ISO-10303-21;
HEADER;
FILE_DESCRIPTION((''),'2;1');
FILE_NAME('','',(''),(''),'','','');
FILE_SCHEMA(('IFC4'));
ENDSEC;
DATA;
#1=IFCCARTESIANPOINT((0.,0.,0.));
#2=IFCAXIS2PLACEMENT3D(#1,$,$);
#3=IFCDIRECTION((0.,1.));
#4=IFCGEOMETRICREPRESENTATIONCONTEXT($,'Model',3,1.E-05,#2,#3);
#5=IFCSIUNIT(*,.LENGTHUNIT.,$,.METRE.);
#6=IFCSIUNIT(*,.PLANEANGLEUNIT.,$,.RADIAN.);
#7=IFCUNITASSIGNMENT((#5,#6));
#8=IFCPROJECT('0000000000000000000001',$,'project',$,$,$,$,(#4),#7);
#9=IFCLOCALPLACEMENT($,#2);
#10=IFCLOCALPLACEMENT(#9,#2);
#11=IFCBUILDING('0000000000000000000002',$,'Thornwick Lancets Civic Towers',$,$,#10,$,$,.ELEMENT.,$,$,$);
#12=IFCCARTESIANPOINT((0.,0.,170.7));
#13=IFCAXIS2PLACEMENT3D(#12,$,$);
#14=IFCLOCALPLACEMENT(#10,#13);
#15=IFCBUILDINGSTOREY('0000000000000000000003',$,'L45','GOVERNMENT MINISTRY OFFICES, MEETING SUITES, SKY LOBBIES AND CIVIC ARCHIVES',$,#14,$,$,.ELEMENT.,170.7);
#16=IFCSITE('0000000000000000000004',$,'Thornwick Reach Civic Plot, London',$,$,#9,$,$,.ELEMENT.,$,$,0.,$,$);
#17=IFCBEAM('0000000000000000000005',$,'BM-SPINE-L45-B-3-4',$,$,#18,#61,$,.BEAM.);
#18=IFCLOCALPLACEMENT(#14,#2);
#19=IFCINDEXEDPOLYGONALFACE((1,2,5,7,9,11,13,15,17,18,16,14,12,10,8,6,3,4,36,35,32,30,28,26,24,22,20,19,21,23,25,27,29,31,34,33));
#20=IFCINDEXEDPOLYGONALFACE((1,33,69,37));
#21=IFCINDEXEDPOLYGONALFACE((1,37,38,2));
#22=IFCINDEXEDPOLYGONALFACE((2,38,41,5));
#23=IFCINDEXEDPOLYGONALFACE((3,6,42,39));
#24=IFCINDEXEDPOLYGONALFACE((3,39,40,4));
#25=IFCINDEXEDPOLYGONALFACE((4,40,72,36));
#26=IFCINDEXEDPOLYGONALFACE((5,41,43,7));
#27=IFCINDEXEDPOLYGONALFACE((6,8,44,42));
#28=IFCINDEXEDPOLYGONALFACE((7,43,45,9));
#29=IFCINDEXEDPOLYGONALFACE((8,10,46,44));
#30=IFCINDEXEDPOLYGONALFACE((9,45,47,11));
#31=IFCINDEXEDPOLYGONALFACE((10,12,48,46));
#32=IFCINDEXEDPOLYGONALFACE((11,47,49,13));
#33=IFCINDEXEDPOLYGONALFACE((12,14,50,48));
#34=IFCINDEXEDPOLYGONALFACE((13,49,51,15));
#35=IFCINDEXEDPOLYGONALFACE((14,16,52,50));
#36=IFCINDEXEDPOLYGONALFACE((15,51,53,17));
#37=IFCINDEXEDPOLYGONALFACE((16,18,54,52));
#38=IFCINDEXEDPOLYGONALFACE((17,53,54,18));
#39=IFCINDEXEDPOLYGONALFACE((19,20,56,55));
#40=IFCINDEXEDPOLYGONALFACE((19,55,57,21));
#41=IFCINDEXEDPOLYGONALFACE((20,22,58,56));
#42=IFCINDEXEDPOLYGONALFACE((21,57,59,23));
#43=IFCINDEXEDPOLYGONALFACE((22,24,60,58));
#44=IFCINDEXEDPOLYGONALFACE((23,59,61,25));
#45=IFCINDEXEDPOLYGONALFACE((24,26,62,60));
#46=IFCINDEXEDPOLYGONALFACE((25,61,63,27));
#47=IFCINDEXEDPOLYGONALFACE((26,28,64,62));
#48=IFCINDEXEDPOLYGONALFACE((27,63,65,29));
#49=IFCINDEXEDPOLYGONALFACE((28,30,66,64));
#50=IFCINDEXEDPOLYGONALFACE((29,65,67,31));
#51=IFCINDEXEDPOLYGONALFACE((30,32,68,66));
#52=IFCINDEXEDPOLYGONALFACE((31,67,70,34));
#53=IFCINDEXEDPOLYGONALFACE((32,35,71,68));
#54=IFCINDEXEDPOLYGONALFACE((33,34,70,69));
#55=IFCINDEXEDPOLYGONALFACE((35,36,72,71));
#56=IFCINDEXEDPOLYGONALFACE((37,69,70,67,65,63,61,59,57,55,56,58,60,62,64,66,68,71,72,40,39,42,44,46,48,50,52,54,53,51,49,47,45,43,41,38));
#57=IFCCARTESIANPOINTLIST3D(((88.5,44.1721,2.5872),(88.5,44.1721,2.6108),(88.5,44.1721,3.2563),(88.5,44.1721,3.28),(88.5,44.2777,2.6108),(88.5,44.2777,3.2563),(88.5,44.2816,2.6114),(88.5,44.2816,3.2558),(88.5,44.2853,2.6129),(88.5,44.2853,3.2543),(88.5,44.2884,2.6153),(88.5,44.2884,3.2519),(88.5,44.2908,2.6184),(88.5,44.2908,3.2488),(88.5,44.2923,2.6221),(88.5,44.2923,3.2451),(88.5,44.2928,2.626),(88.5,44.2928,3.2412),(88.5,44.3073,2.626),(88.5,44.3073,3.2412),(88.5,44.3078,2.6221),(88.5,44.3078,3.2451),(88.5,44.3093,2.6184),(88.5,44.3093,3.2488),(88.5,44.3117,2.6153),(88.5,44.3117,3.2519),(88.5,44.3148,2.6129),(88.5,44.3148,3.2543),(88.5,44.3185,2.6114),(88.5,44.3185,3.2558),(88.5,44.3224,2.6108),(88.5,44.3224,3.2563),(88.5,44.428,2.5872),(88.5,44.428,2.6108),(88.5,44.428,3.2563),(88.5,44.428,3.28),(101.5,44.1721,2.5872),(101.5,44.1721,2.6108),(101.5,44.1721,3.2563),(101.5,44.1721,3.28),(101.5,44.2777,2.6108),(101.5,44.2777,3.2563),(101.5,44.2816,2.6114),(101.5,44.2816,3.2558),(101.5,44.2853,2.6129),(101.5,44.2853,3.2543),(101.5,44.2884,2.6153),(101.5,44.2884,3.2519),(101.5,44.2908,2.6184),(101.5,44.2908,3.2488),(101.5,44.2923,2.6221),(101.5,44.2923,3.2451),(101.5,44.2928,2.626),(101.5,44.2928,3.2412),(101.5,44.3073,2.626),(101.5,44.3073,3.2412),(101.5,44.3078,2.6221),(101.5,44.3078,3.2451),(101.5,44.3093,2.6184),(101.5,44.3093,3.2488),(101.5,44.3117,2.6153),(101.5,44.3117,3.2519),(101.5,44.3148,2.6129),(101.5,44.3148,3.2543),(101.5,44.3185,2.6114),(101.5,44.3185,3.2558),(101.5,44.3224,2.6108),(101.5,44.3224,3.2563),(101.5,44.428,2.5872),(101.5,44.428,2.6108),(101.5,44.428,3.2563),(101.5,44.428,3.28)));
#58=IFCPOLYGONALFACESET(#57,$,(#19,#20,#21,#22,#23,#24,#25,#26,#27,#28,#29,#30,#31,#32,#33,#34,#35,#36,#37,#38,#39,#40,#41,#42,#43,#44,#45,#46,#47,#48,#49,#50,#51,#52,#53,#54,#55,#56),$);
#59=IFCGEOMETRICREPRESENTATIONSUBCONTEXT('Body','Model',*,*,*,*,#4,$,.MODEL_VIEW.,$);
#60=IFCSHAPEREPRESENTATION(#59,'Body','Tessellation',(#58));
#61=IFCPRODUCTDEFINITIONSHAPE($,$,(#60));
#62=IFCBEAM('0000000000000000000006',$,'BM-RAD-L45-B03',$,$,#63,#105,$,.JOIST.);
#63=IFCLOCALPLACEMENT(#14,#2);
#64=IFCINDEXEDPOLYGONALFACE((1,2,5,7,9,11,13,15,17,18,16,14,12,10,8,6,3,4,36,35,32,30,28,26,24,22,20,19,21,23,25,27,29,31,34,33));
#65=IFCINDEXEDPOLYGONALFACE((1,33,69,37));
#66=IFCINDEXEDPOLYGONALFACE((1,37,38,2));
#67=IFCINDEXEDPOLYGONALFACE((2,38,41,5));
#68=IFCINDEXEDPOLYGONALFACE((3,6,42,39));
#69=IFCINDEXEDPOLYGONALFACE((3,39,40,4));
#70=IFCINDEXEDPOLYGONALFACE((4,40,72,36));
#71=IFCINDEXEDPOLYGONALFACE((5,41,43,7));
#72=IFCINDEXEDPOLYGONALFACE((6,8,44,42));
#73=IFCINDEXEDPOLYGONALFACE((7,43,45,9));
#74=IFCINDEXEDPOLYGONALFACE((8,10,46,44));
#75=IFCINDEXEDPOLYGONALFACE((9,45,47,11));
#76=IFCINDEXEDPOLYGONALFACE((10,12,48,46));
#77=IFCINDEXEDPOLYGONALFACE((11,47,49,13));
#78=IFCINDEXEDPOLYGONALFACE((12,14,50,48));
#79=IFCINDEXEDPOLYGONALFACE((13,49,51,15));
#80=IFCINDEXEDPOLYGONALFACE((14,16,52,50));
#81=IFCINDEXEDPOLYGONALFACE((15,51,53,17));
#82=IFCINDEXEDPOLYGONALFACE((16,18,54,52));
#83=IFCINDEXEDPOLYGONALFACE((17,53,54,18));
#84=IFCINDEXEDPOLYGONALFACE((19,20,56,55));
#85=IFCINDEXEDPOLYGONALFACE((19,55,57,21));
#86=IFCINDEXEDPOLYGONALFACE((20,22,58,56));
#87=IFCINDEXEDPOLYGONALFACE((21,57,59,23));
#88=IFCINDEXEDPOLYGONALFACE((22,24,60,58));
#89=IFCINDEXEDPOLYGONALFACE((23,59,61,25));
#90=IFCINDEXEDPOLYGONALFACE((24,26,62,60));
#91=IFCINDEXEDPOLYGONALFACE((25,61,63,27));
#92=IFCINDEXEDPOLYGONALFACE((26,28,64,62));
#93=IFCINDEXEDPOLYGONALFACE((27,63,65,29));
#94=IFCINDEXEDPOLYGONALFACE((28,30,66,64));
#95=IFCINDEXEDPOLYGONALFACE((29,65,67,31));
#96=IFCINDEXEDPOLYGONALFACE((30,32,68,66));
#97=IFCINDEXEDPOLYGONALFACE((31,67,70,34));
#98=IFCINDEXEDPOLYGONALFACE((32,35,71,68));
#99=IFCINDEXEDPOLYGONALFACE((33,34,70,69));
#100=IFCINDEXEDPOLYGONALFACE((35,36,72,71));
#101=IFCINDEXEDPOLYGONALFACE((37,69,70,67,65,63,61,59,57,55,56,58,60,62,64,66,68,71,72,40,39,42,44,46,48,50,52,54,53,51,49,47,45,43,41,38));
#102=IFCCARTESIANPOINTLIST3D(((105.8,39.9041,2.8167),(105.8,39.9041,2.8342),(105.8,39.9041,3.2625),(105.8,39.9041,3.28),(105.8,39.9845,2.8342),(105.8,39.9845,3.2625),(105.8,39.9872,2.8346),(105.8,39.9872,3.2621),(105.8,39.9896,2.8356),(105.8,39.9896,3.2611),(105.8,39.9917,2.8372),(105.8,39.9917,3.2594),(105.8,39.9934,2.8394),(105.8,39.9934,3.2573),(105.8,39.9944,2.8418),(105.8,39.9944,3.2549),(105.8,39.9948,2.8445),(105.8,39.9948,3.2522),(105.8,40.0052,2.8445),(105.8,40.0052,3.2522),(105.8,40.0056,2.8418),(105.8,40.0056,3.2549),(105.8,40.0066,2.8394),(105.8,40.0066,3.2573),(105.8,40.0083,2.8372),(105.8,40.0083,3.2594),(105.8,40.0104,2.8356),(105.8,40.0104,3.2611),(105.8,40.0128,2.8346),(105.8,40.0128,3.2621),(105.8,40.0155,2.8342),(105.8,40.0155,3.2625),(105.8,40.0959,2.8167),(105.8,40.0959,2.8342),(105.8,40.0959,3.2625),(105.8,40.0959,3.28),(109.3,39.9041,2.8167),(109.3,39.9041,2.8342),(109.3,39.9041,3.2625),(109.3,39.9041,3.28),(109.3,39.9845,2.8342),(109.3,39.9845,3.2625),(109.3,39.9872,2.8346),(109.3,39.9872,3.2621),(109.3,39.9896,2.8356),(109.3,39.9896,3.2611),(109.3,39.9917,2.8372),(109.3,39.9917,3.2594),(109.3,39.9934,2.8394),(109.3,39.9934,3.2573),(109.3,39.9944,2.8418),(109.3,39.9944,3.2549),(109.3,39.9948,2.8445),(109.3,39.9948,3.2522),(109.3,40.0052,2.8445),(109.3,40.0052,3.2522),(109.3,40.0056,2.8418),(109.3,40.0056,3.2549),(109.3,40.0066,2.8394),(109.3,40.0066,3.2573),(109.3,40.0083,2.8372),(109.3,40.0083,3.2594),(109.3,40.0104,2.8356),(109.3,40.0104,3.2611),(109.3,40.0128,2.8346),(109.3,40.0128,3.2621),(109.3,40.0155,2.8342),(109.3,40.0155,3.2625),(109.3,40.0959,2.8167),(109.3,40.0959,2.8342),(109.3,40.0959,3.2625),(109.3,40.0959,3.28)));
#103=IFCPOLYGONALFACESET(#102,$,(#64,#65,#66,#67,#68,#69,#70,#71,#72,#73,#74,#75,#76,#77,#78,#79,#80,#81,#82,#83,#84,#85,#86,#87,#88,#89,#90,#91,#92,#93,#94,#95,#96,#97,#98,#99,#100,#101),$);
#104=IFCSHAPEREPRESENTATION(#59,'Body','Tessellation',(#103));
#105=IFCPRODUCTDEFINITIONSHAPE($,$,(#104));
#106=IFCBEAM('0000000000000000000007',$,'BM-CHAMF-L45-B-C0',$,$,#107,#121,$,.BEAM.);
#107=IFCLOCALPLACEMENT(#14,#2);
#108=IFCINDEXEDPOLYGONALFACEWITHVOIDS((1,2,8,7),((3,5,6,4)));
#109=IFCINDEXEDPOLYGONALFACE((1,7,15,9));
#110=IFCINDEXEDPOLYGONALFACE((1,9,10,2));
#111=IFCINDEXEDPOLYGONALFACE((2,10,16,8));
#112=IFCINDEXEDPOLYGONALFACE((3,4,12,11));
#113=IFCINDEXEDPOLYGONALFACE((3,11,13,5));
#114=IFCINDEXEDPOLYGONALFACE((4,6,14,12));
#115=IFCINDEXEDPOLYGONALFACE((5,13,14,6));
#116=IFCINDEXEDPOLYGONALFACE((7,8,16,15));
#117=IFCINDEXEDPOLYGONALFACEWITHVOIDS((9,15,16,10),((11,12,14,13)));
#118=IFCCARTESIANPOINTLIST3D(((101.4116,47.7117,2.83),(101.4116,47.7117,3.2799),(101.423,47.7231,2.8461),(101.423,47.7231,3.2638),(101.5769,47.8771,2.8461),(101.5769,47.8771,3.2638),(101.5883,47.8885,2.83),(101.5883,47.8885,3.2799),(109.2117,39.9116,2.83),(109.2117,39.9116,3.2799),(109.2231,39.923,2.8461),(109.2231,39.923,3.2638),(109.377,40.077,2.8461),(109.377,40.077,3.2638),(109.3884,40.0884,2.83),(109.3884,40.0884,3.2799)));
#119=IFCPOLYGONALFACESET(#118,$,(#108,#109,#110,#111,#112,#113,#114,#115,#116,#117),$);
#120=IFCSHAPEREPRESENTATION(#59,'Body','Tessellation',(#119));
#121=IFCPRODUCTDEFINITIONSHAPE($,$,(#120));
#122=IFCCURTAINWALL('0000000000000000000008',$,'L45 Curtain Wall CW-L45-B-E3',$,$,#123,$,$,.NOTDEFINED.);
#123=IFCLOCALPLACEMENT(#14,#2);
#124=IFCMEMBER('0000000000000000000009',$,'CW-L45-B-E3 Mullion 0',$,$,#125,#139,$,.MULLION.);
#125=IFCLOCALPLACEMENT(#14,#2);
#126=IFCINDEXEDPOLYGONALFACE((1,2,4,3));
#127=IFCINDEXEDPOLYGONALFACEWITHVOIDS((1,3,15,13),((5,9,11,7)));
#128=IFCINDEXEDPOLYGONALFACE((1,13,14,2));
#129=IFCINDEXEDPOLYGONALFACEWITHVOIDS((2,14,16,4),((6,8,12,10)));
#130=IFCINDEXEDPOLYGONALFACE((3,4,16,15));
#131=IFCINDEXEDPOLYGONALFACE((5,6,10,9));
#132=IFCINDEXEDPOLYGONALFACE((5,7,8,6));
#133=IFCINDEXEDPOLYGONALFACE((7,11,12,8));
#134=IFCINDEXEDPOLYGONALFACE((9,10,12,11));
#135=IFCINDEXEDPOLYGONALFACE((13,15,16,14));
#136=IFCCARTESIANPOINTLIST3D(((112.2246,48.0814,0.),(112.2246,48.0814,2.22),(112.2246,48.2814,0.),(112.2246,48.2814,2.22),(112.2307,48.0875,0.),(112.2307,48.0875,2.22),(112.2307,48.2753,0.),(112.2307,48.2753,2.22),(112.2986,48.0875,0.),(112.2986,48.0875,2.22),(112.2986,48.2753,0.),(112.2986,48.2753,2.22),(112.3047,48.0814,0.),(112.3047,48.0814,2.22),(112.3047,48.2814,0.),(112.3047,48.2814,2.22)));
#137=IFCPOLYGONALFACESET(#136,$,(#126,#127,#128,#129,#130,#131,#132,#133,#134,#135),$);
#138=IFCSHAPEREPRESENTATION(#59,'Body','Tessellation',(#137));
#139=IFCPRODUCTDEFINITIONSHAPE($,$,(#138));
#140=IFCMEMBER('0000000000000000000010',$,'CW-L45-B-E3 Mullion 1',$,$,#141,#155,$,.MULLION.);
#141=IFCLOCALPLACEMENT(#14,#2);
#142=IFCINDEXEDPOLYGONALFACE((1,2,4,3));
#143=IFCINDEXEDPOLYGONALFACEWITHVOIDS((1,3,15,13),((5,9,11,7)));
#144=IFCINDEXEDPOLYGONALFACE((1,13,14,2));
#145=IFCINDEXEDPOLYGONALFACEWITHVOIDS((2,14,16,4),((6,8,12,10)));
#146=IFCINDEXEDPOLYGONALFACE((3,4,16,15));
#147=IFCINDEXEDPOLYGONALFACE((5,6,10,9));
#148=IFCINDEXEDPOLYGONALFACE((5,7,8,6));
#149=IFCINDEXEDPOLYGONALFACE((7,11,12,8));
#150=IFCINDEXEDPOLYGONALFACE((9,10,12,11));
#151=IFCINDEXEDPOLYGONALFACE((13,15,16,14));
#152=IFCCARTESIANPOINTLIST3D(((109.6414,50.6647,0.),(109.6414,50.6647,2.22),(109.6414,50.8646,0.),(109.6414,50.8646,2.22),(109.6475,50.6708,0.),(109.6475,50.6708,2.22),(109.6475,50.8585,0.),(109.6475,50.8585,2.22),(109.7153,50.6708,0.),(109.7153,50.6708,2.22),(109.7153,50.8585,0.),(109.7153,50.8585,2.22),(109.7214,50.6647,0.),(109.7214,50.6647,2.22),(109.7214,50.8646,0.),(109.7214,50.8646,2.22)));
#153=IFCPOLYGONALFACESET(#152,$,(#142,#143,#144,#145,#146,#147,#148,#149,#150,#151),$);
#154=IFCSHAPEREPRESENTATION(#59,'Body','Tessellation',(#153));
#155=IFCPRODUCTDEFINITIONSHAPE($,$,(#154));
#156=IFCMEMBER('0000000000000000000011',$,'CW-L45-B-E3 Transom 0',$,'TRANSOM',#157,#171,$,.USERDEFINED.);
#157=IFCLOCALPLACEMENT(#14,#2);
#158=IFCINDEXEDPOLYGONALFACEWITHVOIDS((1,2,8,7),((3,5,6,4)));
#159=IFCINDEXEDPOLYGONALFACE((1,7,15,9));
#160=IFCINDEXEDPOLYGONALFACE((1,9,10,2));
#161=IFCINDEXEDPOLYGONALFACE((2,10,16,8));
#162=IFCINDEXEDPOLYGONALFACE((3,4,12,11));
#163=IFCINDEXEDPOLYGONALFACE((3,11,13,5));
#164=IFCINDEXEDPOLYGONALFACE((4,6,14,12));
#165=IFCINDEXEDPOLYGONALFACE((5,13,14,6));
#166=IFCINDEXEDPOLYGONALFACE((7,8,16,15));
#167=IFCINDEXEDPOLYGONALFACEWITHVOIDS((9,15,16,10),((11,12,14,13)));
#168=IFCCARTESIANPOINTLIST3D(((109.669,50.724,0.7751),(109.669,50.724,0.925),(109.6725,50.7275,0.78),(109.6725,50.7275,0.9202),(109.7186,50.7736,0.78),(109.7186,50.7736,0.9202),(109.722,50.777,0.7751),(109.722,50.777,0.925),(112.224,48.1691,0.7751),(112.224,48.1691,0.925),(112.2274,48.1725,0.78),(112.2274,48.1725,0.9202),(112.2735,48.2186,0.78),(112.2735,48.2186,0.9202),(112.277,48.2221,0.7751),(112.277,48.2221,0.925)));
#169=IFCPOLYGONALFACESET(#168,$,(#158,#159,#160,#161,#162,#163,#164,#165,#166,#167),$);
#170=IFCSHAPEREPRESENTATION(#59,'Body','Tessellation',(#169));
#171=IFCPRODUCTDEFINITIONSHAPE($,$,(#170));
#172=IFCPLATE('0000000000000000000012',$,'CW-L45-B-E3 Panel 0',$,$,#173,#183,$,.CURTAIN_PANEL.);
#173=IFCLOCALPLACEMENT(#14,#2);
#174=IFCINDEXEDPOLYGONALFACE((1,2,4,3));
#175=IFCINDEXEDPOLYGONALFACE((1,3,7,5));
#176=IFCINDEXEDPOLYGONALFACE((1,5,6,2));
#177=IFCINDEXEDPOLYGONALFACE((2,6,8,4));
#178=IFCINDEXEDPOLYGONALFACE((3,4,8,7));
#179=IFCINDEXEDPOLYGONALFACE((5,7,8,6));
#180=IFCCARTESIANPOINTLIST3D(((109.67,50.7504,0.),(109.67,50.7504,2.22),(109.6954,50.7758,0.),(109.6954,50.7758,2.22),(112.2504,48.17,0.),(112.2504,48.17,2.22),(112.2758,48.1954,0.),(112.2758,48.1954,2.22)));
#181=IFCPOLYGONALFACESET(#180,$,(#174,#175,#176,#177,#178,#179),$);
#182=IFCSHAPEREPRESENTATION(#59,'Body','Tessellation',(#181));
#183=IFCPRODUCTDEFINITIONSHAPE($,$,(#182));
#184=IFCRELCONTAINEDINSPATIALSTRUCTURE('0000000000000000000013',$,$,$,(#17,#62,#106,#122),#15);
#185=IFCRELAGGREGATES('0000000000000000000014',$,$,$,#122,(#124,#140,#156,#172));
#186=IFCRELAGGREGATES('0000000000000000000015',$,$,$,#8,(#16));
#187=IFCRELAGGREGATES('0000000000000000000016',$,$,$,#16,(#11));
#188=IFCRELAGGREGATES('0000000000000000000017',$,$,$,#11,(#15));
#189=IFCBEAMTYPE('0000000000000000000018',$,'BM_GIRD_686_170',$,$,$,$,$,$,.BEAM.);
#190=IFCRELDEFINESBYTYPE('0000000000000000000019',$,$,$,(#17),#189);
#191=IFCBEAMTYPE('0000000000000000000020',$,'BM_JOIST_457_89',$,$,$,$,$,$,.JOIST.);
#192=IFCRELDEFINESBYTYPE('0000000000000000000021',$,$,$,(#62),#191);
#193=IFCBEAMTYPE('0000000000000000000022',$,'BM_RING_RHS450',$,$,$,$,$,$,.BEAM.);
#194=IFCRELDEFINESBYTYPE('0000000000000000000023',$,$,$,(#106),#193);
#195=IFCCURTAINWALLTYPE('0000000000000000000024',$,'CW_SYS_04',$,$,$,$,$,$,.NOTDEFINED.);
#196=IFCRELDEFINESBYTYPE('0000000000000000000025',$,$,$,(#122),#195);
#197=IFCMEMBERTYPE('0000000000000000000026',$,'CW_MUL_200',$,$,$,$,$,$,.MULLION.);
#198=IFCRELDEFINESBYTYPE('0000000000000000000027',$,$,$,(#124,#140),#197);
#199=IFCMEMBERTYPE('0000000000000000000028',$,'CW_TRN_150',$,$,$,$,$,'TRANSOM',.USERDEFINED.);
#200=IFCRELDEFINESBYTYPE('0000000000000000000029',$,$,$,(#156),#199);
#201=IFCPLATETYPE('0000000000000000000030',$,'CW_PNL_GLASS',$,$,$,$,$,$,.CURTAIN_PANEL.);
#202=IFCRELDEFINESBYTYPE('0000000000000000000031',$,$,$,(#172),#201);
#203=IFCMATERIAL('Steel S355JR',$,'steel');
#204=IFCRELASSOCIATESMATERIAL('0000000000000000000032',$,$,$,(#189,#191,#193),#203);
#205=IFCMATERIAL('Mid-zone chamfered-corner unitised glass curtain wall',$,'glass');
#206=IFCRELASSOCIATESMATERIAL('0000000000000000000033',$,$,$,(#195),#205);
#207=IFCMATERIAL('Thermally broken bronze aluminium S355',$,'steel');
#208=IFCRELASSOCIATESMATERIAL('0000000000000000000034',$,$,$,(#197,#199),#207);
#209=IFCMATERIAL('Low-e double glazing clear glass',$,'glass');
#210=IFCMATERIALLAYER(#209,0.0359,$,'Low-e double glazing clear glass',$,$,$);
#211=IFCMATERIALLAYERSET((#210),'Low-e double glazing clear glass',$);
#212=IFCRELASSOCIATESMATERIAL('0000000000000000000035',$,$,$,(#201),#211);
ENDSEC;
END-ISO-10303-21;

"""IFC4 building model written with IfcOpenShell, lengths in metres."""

from ifc_helpers import new_model, si_unit, direction, frame, origin, origin_2d, place, context, subcontext, project, spatial, rectangle, hollow_rectangle, i_section, extrude, material, layer, layer_set, material_profile, profile_set, type_object, element, aggregate, save


model = new_model("IFC4")

# Units and contexts
model_context = context("Model", 3, precision=1e-05, world=origin(), true_north=direction((0.0, 1.0)))
body_context = subcontext(model_context, "Body", "Model", "MODEL_VIEW")
ifc_project = project(units=[si_unit("LENGTHUNIT", "METRE"), si_unit("PLANEANGLEUNIT", "RADIAN")], contexts=[model_context])

# Site, building, storey
site_placement = place(None, origin())
site = spatial("IfcSite", under=ifc_project, at=site_placement, Name="Thornwick Reach Civic Plot, London", CompositionType="ELEMENT", RefElevation=0.0)
building_placement = place(site_placement, origin())
building = spatial("IfcBuilding", under=site, at=building_placement, Name="Thornwick Lancets Civic Towers", CompositionType="ELEMENT")
storey_placement = place(building_placement, frame((0.0, 0.0, 170.7)))
storey = spatial("IfcBuildingStorey", under=building, at=storey_placement, Name="L45", Description="GOVERNMENT MINISTRY OFFICES, MEETING SUITES, SKY LOBBIES AND CIVIC ARCHIVES", CompositionType="ELEMENT", Elevation=170.7)

# Beams
ifc_material_1 = material(Name="Steel S355JR", Category="steel")
ifc_material_profile_1 = material_profile(ifc_material_1, i_section(OverallWidth=0.2559, OverallDepth=0.6929, WebThickness=0.0144, FlangeThickness=0.0237, FilletRadius=0.0151, at=origin_2d()), Name="UKB 686x254x170")
ifc_profile_set_1 = profile_set([ifc_material_profile_1], Name="Steel S355JR")
beam_type_1 = type_object("IfcBeamType", Name="BM_GIRD_686_170", PredefinedType="BEAM", material=ifc_profile_set_1)
beam_1_placement = place(storey_placement, frame((101.5, 44.3, 2.9336), z_axis=(-1.0, 0.0, 0.0), x_axis=(0.0, -1.0, 0.0)))
element("IfcBeam", 1, at=beam_1_placement, inside=storey, type_object=beam_type_1, Name="BM-SPINE-L45-B-3-4", PredefinedType="BEAM", context=body_context, shape_type="SweptSolid", body=[
    extrude(i_section(OverallWidth=0.2559, OverallDepth=0.6929, WebThickness=0.0144, FlangeThickness=0.0237, FilletRadius=0.0151, at=origin_2d()), origin(), (0.0, 0.0, 1.0), 13.0),
])
ifc_material_profile_2 = material_profile(ifc_material_1, i_section(OverallWidth=0.1919, OverallDepth=0.4634, WebThickness=0.0105, FlangeThickness=0.0176, FilletRadius=0.0103, at=origin_2d()), Name="UKB 457x191x89")
ifc_profile_set_2 = profile_set([ifc_material_profile_2], Name="Steel S355JR")
beam_type_2 = type_object("IfcBeamType", Name="BM_JOIST_457_89", PredefinedType="JOIST", material=ifc_profile_set_2)
beam_2_placement = place(storey_placement, frame((105.8, 40.0, 3.0483), z_axis=(1.0, 0.0, 0.0), x_axis=(0.0, 1.0, 0.0)))
element("IfcBeam", 2, at=beam_2_placement, inside=storey, type_object=beam_type_2, Name="BM-RAD-L45-B03", PredefinedType="JOIST", context=body_context, shape_type="SweptSolid", body=[
    extrude(i_section(OverallWidth=0.1919, OverallDepth=0.4634, WebThickness=0.0105, FlangeThickness=0.0176, FilletRadius=0.0103, at=origin_2d()), origin(), (0.0, 0.0, 1.0), 3.5),
])
ifc_material_profile_3 = material_profile(ifc_material_1, hollow_rectangle(XDim=0.25, YDim=0.45, WallThickness=0.0161, at=origin_2d()), Name="RHS 450x250x16")
ifc_profile_set_3 = profile_set([ifc_material_profile_3], Name="Steel S355JR")
beam_type_3 = type_object("IfcBeamType", Name="BM_RING_RHS450", PredefinedType="BEAM", material=ifc_profile_set_3)
beam_3_placement = place(storey_placement, frame((109.3, 40.0, 3.0549), z_axis=(-0.707107, 0.707107, 0.0), x_axis=(-0.707107, -0.707107, 0.0)))
element("IfcBeam", 3, at=beam_3_placement, inside=storey, type_object=beam_type_3, Name="BM-CHAMF-L45-B-C0", PredefinedType="BEAM", context=body_context, shape_type="SweptSolid", body=[
    extrude(hollow_rectangle(XDim=0.25, YDim=0.45, WallThickness=0.0161, at=origin_2d()), origin(), (0.0, 0.0, 1.0), 11.031),
])

# Curtain wall, members, plate
ifc_material_2 = material(Name="Mid-zone chamfered-corner unitised glass curtain wall", Category="glass")
curtain_wall_type = type_object("IfcCurtainWallType", Name="CW_SYS_04", PredefinedType="NOTDEFINED", material=ifc_material_2)
curtain_wall_placement = place(storey_placement, origin())
curtain_wall = element("IfcCurtainWall", 4, at=curtain_wall_placement, inside=storey, type_object=curtain_wall_type, Name="L45 Curtain Wall CW-L45-B-E3", PredefinedType="NOTDEFINED")
ifc_material_3 = material(Name="Thermally broken bronze aluminium S355", Category="steel")
ifc_material_profile_4 = material_profile(ifc_material_3, hollow_rectangle(XDim=0.0801, YDim=0.2, WallThickness=0.0061, at=origin_2d()), Name="RHS 200x80x6")
ifc_profile_set_4 = profile_set([ifc_material_profile_4], Name="Thermally broken bronze aluminium S355")
member_type_1 = type_object("IfcMemberType", Name="CW_MUL_200", PredefinedType="MULLION", material=ifc_profile_set_4)
member_1_placement = place(storey_placement, frame((112.2646, 48.1814, 0.0), z_axis=(0.0, 0.0, 1.0), x_axis=(1.0, 0.0, 0.0)))
member_1 = element("IfcMember", 5, at=member_1_placement, type_object=member_type_1, Name="CW-L45-B-E3 Mullion 0", PredefinedType="MULLION", context=body_context, shape_type="SweptSolid", body=[
    extrude(hollow_rectangle(XDim=0.0801, YDim=0.2, WallThickness=0.0061, at=origin_2d()), origin(), (0.0, 0.0, 1.0), 2.22),
])
member_2_placement = place(storey_placement, frame((109.6814, 50.7646, 0.0), z_axis=(0.0, 0.0, 1.0), x_axis=(1.0, 0.0, 0.0)))
member_2 = element("IfcMember", 6, at=member_2_placement, type_object=member_type_1, Name="CW-L45-B-E3 Mullion 1", PredefinedType="MULLION", context=body_context, shape_type="SweptSolid", body=[
    extrude(hollow_rectangle(XDim=0.0801, YDim=0.2, WallThickness=0.0061, at=origin_2d()), origin(), (0.0, 0.0, 1.0), 2.22),
])
ifc_material_profile_5 = material_profile(ifc_material_3, hollow_rectangle(XDim=0.075, YDim=0.1499, WallThickness=0.0049, at=origin_2d()), Name="RHS 150x75x5")
ifc_profile_set_5 = profile_set([ifc_material_profile_5], Name="Thermally broken bronze aluminium S355")
member_type_2 = type_object("IfcMemberType", Name="CW_TRN_150", ElementType="TRANSOM", PredefinedType="USERDEFINED", material=ifc_profile_set_5)
member_3_placement = place(storey_placement, frame((112.2505, 48.1956, 0.8501), z_axis=(-0.707107, 0.707107, 0.0), x_axis=(-0.707107, -0.707107, 0.0)))
member_3 = element("IfcMember", 7, at=member_3_placement, type_object=member_type_2, Name="CW-L45-B-E3 Transom 0", ObjectType="TRANSOM", PredefinedType="USERDEFINED", context=body_context, shape_type="SweptSolid", body=[
    extrude(hollow_rectangle(XDim=0.075, YDim=0.1499, WallThickness=0.0049, at=origin_2d()), origin(), (0.0, 0.0, 1.0), 3.6133),
])
ifc_material_4 = material(Name="Low-e double glazing clear glass", Category="glass")
ifc_layer_1 = layer(ifc_material_4, 0.0359, Name="Low-e double glazing clear glass")
ifc_layer_set_1 = layer_set([ifc_layer_1], Name="Low-e double glazing clear glass")
plate_type_1 = type_object("IfcPlateType", Name="CW_PNL_GLASS", PredefinedType="CURTAIN_PANEL", material=ifc_layer_set_1)
plate_placement = place(storey_placement, frame((110.9729, 49.4729, 0.0), z_axis=(0.0, 0.0, 1.0), x_axis=(-0.707107, 0.707107, 0.0)))
plate = element("IfcPlate", 8, at=plate_placement, type_object=plate_type_1, Name="CW-L45-B-E3 Panel 0", PredefinedType="CURTAIN_PANEL", context=body_context, shape_type="SweptSolid", body=[
    extrude(rectangle(XDim=3.6492, YDim=0.0359, at=origin_2d()), origin(), (0.0, 0.0, 1.0), 2.22),
])
aggregate(curtain_wall, [member_1, member_2, member_3, plate])

save(model, "model.ifc")
